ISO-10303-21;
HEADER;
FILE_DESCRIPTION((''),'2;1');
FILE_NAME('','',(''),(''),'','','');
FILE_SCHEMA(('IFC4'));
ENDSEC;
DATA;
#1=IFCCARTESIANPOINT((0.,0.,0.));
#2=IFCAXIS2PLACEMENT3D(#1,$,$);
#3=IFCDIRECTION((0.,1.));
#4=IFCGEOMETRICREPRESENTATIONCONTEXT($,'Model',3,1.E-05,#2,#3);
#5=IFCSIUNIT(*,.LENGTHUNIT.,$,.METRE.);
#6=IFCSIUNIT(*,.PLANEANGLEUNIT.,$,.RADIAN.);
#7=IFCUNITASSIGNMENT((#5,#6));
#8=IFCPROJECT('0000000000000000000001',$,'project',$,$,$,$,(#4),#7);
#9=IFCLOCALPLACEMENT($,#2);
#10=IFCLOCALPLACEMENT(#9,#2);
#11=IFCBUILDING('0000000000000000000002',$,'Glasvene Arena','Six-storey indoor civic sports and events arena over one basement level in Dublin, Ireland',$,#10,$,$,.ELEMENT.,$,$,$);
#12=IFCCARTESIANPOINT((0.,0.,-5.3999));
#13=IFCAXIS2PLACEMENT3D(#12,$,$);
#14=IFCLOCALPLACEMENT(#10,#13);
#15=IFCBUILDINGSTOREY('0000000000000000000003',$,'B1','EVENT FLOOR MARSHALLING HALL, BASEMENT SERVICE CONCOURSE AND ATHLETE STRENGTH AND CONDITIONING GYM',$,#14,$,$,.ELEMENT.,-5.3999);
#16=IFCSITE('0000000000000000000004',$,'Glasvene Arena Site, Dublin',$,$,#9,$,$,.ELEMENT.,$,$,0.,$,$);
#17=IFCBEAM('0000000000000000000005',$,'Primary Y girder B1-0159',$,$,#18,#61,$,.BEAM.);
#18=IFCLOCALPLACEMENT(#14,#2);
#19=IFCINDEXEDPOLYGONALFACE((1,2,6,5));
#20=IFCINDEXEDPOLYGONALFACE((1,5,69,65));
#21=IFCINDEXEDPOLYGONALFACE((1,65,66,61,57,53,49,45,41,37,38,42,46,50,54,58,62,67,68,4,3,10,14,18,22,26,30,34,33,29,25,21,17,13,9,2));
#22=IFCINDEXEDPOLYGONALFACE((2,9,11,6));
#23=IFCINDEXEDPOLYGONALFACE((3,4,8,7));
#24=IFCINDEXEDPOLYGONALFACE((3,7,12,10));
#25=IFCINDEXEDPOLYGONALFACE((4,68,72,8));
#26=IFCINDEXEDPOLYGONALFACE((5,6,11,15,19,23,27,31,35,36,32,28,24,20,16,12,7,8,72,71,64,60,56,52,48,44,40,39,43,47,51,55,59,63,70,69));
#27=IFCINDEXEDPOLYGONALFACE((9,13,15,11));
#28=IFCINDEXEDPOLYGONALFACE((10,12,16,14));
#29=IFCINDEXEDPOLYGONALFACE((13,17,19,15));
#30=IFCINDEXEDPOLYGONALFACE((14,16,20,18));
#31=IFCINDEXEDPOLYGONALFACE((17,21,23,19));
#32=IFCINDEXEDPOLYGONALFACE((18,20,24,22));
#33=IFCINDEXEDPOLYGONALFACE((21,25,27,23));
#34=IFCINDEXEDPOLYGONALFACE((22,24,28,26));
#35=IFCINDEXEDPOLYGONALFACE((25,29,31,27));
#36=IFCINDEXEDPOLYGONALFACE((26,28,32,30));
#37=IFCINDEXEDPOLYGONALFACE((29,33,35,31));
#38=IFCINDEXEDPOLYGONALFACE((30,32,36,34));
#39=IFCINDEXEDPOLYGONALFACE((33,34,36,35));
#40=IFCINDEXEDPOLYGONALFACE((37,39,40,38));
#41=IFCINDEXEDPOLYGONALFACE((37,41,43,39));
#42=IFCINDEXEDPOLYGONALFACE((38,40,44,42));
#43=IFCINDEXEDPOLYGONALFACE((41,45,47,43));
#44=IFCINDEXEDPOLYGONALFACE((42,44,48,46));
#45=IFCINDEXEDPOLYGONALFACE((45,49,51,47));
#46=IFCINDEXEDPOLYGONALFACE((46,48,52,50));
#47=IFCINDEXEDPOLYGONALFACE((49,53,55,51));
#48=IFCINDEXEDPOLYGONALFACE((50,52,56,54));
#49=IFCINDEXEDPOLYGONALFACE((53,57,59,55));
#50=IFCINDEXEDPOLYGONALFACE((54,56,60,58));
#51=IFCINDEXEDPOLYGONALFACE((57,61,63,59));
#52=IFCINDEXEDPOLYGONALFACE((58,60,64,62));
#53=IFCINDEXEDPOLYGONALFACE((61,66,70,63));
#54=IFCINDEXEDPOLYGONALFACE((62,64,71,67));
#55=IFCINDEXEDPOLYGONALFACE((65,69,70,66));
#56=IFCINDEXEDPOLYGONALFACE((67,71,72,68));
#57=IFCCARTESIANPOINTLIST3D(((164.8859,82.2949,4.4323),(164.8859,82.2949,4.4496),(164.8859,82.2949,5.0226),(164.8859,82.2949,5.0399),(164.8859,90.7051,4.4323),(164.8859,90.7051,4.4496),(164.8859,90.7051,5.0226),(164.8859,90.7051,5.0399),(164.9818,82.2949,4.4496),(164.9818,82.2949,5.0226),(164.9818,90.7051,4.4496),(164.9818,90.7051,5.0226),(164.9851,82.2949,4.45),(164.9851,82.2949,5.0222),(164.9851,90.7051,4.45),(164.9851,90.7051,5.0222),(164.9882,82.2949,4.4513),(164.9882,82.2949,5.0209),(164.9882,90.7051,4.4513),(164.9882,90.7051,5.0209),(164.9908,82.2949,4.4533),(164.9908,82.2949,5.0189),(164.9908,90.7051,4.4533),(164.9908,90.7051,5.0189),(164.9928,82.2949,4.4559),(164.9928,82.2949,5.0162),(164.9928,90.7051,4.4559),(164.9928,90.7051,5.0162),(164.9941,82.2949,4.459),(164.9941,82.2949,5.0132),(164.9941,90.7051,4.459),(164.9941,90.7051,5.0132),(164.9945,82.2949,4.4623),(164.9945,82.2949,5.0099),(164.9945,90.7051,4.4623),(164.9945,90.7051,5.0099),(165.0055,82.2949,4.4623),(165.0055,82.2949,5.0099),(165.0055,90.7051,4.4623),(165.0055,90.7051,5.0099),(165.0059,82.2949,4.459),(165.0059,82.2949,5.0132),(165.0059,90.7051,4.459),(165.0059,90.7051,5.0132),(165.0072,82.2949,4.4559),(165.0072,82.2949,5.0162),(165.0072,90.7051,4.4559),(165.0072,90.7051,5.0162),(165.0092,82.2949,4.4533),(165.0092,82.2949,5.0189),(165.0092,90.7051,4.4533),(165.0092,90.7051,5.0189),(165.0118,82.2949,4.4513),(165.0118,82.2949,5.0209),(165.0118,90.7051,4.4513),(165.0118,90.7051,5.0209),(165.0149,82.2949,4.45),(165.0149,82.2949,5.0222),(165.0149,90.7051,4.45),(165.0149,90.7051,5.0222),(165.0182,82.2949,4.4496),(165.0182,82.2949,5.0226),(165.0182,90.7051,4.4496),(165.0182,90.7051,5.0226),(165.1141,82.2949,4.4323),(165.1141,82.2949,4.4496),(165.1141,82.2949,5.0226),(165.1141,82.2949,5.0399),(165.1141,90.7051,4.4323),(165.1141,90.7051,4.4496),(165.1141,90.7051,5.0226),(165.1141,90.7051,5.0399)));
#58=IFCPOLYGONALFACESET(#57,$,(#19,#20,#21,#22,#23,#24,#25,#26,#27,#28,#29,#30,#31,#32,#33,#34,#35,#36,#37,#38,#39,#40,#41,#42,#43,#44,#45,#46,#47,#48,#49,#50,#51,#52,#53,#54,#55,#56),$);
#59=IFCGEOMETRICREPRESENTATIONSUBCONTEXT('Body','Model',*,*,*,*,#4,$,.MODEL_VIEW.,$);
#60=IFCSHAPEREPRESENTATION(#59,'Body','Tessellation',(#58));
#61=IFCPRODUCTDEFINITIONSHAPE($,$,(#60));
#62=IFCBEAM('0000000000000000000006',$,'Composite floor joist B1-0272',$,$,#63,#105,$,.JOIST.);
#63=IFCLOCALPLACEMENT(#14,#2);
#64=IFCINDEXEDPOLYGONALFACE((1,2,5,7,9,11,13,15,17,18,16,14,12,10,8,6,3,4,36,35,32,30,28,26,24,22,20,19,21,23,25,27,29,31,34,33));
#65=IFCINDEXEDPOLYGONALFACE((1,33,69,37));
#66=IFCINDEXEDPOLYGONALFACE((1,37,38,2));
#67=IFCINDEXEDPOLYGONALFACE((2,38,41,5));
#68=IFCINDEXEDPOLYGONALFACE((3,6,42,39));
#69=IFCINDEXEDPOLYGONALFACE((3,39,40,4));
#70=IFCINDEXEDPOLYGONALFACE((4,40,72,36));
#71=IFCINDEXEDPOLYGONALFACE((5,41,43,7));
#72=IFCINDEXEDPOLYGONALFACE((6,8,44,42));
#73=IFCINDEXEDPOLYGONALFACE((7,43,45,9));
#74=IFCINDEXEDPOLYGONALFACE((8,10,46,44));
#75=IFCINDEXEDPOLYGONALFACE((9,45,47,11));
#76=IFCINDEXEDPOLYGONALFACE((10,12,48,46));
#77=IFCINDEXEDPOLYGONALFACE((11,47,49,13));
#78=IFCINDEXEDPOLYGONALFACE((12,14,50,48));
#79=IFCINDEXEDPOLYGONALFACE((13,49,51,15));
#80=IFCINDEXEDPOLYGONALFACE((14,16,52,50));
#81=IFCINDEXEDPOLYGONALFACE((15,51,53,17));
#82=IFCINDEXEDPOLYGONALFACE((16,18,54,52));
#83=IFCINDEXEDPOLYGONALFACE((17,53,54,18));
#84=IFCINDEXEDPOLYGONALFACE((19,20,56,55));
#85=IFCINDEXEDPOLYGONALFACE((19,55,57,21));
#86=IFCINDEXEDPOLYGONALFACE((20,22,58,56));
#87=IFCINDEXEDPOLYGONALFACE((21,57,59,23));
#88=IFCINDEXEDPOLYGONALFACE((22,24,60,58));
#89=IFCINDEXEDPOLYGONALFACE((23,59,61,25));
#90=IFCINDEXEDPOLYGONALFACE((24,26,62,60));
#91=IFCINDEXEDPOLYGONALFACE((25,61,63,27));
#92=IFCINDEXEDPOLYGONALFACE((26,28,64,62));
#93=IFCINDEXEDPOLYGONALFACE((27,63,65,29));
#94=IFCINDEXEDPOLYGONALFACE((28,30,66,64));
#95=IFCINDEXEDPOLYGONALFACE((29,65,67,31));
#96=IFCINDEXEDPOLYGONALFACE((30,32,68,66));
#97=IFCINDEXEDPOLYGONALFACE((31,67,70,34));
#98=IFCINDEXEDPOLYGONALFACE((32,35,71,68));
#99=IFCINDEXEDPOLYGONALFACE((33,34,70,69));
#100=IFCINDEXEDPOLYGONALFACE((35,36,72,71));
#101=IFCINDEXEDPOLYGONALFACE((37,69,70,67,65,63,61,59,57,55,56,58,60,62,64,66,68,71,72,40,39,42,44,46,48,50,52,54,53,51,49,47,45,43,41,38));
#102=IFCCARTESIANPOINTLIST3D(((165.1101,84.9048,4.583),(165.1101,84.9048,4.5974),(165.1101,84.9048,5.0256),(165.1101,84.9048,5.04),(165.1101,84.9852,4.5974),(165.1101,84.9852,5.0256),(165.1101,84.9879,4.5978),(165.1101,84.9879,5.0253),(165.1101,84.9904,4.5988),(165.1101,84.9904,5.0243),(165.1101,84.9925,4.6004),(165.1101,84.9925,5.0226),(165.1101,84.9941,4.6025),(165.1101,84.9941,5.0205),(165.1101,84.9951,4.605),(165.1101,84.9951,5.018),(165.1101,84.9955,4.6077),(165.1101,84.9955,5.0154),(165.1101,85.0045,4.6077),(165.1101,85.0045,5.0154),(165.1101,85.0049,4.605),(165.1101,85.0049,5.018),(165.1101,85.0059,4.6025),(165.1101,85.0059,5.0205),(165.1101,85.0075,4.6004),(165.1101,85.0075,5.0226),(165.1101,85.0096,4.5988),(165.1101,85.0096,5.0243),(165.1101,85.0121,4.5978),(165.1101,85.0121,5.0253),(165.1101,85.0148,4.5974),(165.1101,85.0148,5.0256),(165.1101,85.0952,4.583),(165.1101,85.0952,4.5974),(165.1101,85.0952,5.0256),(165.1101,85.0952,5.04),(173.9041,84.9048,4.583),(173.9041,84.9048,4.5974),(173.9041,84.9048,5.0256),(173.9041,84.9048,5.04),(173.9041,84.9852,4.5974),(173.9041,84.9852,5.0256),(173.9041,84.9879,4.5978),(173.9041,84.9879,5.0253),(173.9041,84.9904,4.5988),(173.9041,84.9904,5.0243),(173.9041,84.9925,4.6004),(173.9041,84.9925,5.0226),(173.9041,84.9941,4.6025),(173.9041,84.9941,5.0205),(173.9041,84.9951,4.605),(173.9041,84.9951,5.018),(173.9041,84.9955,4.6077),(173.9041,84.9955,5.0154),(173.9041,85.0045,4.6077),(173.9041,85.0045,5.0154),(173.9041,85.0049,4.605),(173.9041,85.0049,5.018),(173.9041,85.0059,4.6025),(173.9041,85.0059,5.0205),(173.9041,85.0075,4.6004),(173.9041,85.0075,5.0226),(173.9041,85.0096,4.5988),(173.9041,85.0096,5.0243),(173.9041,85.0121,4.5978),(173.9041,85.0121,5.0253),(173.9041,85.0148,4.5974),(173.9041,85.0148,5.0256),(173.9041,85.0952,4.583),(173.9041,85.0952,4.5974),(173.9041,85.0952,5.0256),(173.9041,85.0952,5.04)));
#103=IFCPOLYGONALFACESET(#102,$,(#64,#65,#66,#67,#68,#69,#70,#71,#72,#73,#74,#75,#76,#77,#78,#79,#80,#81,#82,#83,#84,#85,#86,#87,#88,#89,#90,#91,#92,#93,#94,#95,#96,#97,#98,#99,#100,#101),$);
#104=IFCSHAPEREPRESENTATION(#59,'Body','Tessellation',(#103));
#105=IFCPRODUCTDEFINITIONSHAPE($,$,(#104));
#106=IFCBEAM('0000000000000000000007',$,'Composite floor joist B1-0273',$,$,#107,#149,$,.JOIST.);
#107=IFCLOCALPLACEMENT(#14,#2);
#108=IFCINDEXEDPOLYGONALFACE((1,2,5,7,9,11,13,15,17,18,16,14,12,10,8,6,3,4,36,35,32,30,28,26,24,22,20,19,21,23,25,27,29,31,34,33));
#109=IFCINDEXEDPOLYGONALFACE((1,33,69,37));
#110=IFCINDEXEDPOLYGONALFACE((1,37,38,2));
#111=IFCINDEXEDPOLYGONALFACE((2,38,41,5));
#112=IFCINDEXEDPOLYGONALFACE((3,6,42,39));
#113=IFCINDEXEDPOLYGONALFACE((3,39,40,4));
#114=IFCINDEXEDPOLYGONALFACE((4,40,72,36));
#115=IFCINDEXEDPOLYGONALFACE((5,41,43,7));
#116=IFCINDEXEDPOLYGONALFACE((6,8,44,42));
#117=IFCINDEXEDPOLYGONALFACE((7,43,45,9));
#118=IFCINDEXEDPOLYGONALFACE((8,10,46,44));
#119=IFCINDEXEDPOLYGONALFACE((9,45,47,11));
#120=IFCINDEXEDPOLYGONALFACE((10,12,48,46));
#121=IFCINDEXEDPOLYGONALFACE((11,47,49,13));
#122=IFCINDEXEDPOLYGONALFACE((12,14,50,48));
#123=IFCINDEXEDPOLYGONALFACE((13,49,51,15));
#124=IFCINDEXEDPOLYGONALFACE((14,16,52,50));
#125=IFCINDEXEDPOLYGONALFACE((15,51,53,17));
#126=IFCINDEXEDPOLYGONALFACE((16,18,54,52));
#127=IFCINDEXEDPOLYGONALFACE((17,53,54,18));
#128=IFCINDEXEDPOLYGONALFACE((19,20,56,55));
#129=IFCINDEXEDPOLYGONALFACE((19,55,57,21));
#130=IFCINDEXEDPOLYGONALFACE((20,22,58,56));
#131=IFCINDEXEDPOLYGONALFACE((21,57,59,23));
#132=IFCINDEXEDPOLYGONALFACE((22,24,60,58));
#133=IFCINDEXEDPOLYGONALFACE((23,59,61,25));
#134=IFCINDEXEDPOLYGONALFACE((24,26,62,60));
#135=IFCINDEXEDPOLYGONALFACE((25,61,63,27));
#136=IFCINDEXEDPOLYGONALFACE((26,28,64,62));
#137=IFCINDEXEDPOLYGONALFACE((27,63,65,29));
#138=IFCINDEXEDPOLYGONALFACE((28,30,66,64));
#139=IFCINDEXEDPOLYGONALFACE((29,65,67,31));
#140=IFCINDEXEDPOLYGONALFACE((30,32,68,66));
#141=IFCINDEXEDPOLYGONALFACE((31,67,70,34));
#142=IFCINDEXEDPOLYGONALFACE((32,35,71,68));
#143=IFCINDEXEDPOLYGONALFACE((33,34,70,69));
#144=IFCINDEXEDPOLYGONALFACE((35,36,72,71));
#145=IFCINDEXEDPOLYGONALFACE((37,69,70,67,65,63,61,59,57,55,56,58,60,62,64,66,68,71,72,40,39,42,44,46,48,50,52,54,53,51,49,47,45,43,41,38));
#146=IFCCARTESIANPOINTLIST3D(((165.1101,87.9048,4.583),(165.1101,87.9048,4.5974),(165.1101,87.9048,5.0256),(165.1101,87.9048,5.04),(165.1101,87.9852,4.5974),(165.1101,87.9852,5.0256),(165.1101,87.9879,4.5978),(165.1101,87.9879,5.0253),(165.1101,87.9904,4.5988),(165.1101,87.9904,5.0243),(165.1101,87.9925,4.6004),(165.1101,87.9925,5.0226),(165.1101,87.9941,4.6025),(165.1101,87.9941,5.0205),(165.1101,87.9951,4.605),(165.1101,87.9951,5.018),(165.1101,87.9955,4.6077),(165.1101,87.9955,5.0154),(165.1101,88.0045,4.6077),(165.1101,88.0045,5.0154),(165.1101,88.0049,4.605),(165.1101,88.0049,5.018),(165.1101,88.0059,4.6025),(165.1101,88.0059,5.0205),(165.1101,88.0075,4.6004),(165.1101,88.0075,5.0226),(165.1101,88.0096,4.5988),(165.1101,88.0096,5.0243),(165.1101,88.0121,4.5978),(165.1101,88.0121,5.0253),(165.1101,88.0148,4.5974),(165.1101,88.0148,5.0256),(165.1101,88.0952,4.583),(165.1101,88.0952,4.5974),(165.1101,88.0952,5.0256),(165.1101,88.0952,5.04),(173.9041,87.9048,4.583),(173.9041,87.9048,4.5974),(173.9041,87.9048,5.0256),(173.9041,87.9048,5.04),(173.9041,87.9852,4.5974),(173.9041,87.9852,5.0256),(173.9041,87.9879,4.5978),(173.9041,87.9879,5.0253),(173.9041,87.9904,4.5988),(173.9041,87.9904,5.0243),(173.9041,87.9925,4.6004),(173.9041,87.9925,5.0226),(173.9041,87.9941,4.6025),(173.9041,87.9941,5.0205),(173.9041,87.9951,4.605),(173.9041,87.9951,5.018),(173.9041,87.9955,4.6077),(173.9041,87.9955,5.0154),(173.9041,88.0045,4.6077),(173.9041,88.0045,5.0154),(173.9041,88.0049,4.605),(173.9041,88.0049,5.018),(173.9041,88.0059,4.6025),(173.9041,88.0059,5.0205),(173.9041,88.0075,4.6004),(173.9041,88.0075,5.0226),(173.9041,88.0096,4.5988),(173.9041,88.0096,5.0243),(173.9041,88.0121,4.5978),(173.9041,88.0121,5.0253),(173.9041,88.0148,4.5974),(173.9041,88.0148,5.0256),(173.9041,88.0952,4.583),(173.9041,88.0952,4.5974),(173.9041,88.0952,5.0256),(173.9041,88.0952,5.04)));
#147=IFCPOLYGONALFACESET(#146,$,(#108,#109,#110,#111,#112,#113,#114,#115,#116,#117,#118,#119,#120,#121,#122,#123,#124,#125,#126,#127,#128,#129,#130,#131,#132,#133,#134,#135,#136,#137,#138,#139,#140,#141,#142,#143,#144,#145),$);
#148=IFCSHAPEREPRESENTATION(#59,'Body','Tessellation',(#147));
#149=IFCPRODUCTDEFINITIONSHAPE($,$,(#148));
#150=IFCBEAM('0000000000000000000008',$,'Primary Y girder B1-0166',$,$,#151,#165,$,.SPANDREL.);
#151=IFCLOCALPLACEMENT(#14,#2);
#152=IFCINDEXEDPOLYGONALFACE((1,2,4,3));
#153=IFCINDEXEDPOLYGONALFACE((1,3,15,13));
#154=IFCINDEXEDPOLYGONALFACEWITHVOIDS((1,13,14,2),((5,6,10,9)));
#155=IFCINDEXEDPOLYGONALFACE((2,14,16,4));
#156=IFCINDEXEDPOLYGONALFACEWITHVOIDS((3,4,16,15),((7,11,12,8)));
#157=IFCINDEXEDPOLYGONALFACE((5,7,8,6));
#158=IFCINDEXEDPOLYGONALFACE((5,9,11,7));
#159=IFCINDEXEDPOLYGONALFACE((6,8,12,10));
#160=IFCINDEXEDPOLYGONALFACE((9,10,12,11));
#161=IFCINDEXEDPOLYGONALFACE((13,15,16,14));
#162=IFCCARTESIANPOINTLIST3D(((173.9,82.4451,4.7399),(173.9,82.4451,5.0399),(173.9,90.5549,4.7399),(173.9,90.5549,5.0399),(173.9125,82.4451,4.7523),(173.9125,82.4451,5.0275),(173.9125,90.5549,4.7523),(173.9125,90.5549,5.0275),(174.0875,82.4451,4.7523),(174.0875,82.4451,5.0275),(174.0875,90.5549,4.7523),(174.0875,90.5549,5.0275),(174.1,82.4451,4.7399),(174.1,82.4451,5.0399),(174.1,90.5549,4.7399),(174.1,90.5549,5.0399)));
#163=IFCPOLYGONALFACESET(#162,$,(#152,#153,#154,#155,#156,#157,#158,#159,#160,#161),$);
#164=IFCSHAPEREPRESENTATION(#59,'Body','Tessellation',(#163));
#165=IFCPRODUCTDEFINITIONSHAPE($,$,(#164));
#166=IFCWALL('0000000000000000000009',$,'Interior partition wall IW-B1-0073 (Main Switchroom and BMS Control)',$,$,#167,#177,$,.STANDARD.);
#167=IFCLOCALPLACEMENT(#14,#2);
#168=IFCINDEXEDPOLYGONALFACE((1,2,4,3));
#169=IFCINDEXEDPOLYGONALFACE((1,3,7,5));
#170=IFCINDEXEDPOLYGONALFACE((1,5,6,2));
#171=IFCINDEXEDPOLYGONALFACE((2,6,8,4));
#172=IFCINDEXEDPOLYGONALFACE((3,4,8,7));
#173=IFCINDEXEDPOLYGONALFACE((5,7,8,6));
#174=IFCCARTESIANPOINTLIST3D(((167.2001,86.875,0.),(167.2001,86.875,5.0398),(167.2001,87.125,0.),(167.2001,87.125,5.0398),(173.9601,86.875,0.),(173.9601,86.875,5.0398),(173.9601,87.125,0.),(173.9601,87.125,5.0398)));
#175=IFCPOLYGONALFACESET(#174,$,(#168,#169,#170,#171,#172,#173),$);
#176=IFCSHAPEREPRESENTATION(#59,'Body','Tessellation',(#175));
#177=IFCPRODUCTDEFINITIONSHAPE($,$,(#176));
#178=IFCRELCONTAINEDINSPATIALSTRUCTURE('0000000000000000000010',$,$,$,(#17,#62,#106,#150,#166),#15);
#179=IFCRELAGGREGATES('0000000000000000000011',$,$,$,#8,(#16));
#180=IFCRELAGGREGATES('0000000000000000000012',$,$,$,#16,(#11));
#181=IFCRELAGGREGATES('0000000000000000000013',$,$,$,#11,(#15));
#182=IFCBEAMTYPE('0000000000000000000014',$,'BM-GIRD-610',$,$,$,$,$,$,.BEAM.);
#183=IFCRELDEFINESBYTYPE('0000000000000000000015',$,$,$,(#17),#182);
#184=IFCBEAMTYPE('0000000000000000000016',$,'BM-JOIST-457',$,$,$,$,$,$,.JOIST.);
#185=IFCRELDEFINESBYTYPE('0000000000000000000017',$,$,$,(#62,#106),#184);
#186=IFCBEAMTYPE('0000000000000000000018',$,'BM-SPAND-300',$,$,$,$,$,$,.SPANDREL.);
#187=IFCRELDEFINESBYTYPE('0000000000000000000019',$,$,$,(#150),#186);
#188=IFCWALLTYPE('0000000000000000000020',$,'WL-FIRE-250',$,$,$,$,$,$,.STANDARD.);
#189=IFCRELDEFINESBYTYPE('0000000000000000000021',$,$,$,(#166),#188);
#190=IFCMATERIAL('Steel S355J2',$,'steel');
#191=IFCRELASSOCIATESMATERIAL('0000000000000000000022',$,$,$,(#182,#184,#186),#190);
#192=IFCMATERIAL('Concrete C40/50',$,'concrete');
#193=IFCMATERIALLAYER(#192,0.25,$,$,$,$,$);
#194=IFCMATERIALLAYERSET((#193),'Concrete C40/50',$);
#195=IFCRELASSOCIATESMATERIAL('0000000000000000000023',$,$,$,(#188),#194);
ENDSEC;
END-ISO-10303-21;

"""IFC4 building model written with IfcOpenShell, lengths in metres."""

from ifc_helpers import new_model, si_unit, direction, frame, frame_2d, origin, origin_2d, place, context, subcontext, project, spatial, rectangle, hollow_rectangle, i_section, extrude, material, layer, layer_set, material_profile, profile_set, type_object, element, save


model = new_model("IFC4")

# Units and contexts
model_context = context("Model", 3, precision=1e-05, world=origin(), true_north=direction((0.0, 1.0)))
body_context = subcontext(model_context, "Body", "Model", "MODEL_VIEW")
ifc_project = project(units=[si_unit("LENGTHUNIT", "METRE"), si_unit("PLANEANGLEUNIT", "RADIAN")], contexts=[model_context])

# Site, building, storey
site_placement = place(None, origin())
site = spatial("IfcSite", under=ifc_project, at=site_placement, Name="Glasvene Arena Site, Dublin", CompositionType="ELEMENT", RefElevation=0.0)
building_placement = place(site_placement, origin())
building = spatial("IfcBuilding", under=site, at=building_placement, Name="Glasvene Arena", Description="Six-storey indoor civic sports and events arena over one basement level in Dublin, Ireland", CompositionType="ELEMENT")
storey_placement = place(building_placement, frame((0.0, 0.0, -5.3999)))
storey = spatial("IfcBuildingStorey", under=building, at=storey_placement, Name="B1", Description="EVENT FLOOR MARSHALLING HALL, BASEMENT SERVICE CONCOURSE AND ATHLETE STRENGTH AND CONDITIONING GYM", CompositionType="ELEMENT", Elevation=-5.3999)

# Shared definitions
ifc_material_1 = material(Name="Concrete C40/50", Category="concrete")

# Beams
ifc_material_2 = material(Name="Steel S355J2", Category="steel")
ifc_material_profile_1 = material_profile(ifc_material_2, i_section(OverallWidth=0.2283, OverallDepth=0.6077, WebThickness=0.011, FlangeThickness=0.0173, FilletRadius=0.0127, at=origin_2d()), Name="UKB 610x229x113")
ifc_profile_set_1 = profile_set([ifc_material_profile_1], Name="Steel S355J2")
beam_type_1 = type_object("IfcBeamType", Name="BM-GIRD-610", PredefinedType="BEAM", material=ifc_profile_set_1)
beam_1_placement = place(storey_placement, frame((165.0, 82.2949, 4.7361), z_axis=(0.0, 1.0, 0.0), x_axis=(-1.0, 0.0, 0.0)))
element("IfcBeam", 1, at=beam_1_placement, inside=storey, type_object=beam_type_1, Name="Primary Y girder B1-0159", PredefinedType="BEAM", context=body_context, shape_type="SweptSolid", body=[
    extrude(i_section(OverallWidth=0.2283, OverallDepth=0.6077, WebThickness=0.011, FlangeThickness=0.0173, FilletRadius=0.0127, at=origin_2d()), origin(), (0.0, 0.0, 1.0), 8.4102),
])
ifc_material_profile_2 = material_profile(ifc_material_2, i_section(OverallWidth=0.1904, OverallDepth=0.457, WebThickness=0.009, FlangeThickness=0.0144, FilletRadius=0.0103, at=origin_2d()), Name="UKB 457x191x74")
ifc_profile_set_2 = profile_set([ifc_material_profile_2], Name="Steel S355J2")
beam_type_2 = type_object("IfcBeamType", Name="BM-JOIST-457", PredefinedType="JOIST", material=ifc_profile_set_2)
for number, where, z_axis, x_axis, name in (
    (2, (165.1101, 85.0, 4.8115), (1.0, 0.0, 0.0), (0.0, 1.0, 0.0), "Composite floor joist B1-0272"),
    (3, (165.1101, 88.0, 4.8115), (1.0, 0.0, 0.0), (0.0, 1.0, 0.0), "Composite floor joist B1-0273"),
):
    element("IfcBeam", number, at=place(storey_placement, frame(where, z_axis=z_axis, x_axis=x_axis)), inside=storey, type_object=beam_type_2, Name=name, PredefinedType="JOIST", context=body_context, shape_type="SweptSolid", body=[
        extrude(i_section(OverallWidth=0.1904, OverallDepth=0.457, WebThickness=0.009, FlangeThickness=0.0144, FilletRadius=0.0103, at=origin_2d()), origin(), (0.0, 0.0, 1.0), 8.7939),
    ])
ifc_material_profile_3 = material_profile(ifc_material_2, hollow_rectangle(XDim=0.2, YDim=0.3, WallThickness=0.0125, at=origin_2d()), Name="RHS 300x200x12.5")
ifc_profile_set_3 = profile_set([ifc_material_profile_3], Name="Steel S355J2")
beam_type_3 = type_object("IfcBeamType", Name="BM-SPAND-300", PredefinedType="SPANDREL", material=ifc_profile_set_3)
beam_2_placement = place(storey_placement, frame((174.0, 82.4451, 4.8899), z_axis=(0.0, 1.0, 0.0), x_axis=(-1.0, 0.0, 0.0)))
element("IfcBeam", 4, at=beam_2_placement, inside=storey, type_object=beam_type_3, Name="Primary Y girder B1-0166", PredefinedType="SPANDREL", context=body_context, shape_type="SweptSolid", body=[
    extrude(hollow_rectangle(XDim=0.2, YDim=0.3, WallThickness=0.0125, at=origin_2d()), origin(), (0.0, 0.0, 1.0), 8.1099),
])

# Wall
ifc_layer_1 = layer(ifc_material_1, 0.25)
ifc_layer_set_1 = layer_set([ifc_layer_1], Name="Concrete C40/50")
wall_type_1 = type_object("IfcWallType", Name="WL-FIRE-250", PredefinedType="STANDARD", material=ifc_layer_set_1)
wall_1_placement = place(storey_placement, frame((173.96, 87.0, 0.0), z_axis=(0.0, 0.0, 1.0), x_axis=(-1.0, 0.0, 0.0)))
element("IfcWall", 5, at=wall_1_placement, inside=storey, type_object=wall_type_1, Name="Interior partition wall IW-B1-0073 (Main Switchroom and BMS Control)", PredefinedType="STANDARD", context=body_context, shape_type="SweptSolid", body=[
    extrude(rectangle(XDim=6.76, YDim=0.25, at=frame_2d((3.3799, 0.0))), origin(), (0.0, 0.0, 1.0), 5.0398),
])

save(model, "model.ifc")
